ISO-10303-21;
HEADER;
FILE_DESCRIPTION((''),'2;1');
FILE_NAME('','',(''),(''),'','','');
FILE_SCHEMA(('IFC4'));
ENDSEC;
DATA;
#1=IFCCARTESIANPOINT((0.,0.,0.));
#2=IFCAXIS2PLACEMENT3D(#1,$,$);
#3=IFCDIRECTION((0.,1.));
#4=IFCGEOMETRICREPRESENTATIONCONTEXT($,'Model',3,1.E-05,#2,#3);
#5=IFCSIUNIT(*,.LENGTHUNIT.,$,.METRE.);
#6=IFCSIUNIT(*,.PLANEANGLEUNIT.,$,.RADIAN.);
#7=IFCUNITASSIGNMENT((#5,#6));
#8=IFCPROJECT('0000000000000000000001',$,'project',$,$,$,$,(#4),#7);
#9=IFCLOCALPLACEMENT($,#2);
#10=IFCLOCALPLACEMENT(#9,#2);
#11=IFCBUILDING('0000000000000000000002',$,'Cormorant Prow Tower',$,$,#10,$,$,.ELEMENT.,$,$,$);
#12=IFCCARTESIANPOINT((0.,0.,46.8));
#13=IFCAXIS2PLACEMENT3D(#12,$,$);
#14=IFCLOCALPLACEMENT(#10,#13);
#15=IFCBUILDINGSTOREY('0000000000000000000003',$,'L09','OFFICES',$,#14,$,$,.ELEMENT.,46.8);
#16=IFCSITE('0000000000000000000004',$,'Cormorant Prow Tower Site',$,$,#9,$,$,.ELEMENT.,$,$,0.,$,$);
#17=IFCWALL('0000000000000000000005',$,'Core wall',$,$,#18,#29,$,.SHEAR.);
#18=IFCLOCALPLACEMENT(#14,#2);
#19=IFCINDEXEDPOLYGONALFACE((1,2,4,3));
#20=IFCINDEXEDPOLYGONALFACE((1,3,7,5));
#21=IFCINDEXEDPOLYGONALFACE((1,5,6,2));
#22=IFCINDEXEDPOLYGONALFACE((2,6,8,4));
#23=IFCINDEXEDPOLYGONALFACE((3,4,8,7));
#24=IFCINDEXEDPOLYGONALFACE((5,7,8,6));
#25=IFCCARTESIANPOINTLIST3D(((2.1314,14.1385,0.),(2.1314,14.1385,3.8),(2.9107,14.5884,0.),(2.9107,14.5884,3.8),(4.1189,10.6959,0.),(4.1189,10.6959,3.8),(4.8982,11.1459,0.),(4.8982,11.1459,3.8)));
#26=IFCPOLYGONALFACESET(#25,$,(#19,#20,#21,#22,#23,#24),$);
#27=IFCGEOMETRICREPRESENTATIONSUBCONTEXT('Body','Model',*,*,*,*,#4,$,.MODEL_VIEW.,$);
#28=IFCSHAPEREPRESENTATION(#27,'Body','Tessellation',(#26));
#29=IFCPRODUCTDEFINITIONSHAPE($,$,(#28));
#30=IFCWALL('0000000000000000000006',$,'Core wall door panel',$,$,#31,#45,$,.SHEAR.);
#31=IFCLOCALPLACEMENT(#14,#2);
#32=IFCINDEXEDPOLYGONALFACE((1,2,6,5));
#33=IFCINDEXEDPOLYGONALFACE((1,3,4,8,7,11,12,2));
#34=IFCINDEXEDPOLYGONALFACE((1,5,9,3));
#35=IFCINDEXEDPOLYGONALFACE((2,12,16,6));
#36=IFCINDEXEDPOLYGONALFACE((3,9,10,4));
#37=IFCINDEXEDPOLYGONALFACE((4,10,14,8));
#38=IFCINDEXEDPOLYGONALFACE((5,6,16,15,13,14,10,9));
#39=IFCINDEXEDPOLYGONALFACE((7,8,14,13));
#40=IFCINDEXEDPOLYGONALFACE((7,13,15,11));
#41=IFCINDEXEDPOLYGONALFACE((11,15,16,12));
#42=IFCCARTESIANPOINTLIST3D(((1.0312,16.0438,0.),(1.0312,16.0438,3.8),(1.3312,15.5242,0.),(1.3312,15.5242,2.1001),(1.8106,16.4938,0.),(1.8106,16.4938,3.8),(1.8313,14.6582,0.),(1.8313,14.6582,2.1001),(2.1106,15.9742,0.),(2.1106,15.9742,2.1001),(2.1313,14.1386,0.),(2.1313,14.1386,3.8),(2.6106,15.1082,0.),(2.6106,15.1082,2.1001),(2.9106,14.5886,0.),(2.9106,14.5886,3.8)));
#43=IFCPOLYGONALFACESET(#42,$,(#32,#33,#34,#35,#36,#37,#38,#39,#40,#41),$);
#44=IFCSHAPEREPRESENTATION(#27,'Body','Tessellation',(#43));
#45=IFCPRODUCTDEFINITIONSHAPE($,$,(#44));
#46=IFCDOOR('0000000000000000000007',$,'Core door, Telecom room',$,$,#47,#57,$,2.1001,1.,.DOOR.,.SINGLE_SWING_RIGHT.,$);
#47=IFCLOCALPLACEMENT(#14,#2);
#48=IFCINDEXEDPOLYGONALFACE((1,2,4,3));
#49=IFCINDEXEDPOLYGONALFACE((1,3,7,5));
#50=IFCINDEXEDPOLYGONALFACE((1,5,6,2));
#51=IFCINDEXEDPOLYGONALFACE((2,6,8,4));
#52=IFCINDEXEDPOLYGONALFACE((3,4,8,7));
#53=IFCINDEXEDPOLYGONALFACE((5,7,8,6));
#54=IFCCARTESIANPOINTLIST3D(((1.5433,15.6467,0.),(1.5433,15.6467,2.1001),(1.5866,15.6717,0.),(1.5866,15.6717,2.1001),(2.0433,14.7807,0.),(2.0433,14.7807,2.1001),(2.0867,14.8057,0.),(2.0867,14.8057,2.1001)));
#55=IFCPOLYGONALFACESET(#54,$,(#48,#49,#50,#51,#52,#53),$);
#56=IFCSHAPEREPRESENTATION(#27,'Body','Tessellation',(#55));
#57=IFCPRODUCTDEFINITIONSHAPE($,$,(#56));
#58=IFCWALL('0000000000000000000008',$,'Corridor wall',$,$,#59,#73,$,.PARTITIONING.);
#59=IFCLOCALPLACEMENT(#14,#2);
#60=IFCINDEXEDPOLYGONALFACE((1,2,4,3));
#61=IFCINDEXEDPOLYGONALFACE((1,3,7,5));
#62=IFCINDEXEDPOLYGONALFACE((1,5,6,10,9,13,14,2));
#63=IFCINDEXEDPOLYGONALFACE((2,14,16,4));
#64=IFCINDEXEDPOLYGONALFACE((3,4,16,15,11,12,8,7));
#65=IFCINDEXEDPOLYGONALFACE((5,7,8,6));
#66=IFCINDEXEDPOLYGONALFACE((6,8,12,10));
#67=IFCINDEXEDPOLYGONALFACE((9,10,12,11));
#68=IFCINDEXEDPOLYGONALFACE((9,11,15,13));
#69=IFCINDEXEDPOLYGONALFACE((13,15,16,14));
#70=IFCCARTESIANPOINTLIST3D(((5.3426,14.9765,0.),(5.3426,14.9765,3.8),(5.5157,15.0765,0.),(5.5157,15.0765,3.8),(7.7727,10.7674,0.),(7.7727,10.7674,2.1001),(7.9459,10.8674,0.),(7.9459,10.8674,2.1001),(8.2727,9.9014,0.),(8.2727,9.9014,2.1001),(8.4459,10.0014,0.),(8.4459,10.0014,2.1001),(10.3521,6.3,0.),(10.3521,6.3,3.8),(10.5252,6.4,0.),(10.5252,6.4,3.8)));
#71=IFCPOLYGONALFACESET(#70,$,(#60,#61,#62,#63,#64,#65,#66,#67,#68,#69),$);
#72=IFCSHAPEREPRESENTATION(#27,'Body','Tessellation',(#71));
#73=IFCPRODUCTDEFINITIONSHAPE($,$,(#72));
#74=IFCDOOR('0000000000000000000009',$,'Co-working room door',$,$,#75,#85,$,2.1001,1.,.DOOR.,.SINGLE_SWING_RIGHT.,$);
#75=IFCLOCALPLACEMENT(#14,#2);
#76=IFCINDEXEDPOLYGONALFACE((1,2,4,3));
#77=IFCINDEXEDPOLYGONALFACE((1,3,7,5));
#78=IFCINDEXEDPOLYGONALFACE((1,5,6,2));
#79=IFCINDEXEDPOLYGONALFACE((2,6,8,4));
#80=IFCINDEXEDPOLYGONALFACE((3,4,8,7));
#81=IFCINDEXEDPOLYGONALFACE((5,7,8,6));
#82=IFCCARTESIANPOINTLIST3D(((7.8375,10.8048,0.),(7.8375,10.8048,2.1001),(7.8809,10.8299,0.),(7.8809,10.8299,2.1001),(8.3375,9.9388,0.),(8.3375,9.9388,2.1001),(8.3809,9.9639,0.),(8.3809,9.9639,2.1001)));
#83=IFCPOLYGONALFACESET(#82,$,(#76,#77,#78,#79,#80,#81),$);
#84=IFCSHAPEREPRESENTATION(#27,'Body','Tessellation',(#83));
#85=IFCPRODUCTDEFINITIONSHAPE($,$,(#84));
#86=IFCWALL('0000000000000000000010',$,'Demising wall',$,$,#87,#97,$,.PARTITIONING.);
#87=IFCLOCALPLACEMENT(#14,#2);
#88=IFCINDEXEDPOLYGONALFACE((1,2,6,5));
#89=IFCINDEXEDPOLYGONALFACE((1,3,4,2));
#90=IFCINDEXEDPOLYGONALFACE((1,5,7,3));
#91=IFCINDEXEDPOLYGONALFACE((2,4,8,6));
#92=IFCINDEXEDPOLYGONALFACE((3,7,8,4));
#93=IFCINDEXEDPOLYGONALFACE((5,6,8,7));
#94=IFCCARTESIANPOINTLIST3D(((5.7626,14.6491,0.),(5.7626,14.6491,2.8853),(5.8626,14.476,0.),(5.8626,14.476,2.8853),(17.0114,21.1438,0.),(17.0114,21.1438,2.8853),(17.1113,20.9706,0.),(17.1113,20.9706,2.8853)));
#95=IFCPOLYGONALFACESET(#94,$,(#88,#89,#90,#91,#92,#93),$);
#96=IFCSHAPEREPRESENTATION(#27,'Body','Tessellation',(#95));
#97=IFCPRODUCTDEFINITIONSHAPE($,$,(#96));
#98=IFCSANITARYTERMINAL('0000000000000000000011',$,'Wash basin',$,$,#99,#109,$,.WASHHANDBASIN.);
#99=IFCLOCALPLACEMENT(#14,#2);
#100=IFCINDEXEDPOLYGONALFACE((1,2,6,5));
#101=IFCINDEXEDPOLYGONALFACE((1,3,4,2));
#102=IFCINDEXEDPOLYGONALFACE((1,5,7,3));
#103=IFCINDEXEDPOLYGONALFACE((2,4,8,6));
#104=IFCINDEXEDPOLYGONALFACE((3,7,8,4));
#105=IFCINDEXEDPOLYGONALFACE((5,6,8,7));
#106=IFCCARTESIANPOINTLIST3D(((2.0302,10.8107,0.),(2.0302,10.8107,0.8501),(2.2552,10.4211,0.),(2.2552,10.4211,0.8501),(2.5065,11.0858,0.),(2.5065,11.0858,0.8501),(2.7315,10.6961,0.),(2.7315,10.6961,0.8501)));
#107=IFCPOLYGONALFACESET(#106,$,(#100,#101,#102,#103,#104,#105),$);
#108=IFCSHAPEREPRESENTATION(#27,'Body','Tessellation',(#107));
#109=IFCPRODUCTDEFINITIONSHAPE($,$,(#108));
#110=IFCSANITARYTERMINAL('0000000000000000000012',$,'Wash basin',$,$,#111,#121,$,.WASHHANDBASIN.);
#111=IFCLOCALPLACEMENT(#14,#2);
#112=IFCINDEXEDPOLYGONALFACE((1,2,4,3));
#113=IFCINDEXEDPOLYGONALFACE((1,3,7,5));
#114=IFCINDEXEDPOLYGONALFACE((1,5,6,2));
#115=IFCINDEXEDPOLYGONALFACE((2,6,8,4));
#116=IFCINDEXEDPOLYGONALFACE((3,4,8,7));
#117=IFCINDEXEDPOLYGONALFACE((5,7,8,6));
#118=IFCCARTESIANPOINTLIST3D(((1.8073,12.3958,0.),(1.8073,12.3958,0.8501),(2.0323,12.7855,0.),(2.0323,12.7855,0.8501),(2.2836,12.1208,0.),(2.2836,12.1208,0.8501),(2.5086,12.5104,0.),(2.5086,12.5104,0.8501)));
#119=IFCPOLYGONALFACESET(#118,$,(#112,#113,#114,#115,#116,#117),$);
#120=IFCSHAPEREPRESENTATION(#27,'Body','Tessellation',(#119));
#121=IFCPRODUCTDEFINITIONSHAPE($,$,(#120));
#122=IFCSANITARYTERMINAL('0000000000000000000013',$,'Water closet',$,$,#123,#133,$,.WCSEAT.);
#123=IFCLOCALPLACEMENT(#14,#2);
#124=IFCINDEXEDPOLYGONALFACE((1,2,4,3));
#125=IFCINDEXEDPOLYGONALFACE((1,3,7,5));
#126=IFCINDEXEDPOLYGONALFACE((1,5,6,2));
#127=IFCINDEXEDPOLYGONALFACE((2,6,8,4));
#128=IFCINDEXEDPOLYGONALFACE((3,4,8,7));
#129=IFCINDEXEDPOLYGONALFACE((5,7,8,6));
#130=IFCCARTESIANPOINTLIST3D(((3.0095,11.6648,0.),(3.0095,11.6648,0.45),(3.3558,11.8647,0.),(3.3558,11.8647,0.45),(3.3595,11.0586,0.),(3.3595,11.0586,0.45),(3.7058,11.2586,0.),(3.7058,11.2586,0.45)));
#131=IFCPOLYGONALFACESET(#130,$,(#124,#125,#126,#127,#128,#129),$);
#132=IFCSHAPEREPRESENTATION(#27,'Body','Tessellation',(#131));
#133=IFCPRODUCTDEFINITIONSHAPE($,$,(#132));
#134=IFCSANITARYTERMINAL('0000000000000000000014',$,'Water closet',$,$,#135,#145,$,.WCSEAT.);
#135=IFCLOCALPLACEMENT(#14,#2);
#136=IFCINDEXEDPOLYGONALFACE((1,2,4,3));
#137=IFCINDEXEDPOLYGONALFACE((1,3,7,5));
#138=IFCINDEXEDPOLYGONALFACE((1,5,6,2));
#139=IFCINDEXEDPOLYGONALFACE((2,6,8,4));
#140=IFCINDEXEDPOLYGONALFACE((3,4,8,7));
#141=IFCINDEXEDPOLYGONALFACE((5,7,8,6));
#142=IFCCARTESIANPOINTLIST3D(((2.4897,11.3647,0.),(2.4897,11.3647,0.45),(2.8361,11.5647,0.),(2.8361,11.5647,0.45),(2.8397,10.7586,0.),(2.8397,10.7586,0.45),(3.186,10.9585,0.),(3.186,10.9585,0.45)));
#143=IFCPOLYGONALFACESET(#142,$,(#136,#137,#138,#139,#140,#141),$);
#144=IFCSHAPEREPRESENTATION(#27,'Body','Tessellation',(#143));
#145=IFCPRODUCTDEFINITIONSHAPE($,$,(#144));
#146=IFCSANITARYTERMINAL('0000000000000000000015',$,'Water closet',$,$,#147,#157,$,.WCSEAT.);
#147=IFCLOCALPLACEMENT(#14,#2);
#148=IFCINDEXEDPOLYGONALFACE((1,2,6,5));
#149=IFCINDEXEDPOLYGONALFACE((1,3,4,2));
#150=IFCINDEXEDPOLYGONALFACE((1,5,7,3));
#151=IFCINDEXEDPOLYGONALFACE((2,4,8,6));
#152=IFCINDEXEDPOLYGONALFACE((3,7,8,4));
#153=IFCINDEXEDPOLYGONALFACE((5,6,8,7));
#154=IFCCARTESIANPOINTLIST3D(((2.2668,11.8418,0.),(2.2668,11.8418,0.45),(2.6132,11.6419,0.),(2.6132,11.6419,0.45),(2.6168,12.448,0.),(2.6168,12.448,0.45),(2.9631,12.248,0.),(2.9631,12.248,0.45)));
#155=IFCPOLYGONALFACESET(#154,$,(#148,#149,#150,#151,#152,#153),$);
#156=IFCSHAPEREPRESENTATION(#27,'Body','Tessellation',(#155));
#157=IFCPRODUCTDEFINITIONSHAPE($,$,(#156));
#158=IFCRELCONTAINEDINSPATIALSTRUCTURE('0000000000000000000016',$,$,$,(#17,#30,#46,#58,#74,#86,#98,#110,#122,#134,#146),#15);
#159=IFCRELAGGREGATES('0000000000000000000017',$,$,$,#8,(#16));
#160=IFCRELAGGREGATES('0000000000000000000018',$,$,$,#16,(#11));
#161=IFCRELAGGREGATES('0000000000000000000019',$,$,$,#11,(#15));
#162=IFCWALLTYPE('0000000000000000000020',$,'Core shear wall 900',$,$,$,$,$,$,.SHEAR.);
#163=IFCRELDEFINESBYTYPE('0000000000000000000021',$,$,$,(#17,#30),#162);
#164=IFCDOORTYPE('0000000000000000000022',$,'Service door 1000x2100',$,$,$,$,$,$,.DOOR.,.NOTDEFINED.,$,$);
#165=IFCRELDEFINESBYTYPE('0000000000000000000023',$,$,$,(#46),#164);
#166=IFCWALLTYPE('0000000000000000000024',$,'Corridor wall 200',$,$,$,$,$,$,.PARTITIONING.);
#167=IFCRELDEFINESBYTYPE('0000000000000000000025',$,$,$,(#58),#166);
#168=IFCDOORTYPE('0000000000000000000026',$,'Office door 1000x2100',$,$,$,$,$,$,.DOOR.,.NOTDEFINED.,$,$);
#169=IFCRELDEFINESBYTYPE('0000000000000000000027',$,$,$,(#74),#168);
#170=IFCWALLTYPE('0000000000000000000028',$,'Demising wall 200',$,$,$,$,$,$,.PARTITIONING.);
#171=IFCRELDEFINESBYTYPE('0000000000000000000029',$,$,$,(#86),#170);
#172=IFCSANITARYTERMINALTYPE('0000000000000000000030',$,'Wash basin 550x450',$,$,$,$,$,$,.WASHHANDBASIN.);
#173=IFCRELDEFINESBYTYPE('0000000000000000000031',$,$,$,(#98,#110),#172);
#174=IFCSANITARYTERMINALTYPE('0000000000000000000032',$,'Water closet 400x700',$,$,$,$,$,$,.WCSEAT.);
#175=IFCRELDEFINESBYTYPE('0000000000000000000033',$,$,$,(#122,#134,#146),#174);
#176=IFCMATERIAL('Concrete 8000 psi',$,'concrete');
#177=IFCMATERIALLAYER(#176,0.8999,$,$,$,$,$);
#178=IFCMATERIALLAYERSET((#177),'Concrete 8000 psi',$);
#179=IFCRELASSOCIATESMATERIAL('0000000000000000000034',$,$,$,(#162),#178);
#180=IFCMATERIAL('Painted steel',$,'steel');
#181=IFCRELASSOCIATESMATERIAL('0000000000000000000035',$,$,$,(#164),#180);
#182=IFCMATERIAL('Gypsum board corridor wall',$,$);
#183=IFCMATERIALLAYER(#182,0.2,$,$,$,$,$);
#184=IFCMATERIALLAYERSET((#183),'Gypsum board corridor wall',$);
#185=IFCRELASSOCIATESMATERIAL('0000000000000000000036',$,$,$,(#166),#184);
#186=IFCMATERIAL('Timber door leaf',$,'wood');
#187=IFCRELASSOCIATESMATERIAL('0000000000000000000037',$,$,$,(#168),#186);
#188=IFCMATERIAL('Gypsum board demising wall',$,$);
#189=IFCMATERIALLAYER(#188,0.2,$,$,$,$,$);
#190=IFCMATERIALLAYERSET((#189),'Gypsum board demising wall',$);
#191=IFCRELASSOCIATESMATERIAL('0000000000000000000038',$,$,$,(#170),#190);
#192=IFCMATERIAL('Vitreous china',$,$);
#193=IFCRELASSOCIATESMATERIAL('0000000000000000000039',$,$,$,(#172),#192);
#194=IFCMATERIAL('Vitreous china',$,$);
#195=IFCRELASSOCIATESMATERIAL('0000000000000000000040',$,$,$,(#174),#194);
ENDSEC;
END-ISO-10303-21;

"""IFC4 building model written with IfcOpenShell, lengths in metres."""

from ifc_helpers import new_model, si_unit, direction, frame, frame_2d, origin, origin_2d, place, context, subcontext, project, spatial, rectangle, extrude, material, layer, layer_set, type_object, element, fill, save


model = new_model("IFC4")

# Units and contexts
model_context = context("Model", 3, precision=1e-05, world=origin(), true_north=direction((0.0, 1.0)))
body_context = subcontext(model_context, "Body", "Model", "MODEL_VIEW")
ifc_project = project(units=[si_unit("LENGTHUNIT", "METRE"), si_unit("PLANEANGLEUNIT", "RADIAN")], contexts=[model_context])

# Site, building, storey
site_placement = place(None, origin())
site = spatial("IfcSite", under=ifc_project, at=site_placement, Name="Cormorant Prow Tower Site", CompositionType="ELEMENT", RefElevation=0.0)
building_placement = place(site_placement, origin())
building = spatial("IfcBuilding", under=site, at=building_placement, Name="Cormorant Prow Tower", CompositionType="ELEMENT")
storey_placement = place(building_placement, frame((0.0, 0.0, 46.8)))
storey = spatial("IfcBuildingStorey", under=building, at=storey_placement, Name="L09", Description="OFFICES", CompositionType="ELEMENT", Elevation=46.8)

# Wall
ifc_material_1 = material(Name="Concrete 8000 psi", Category="concrete")
ifc_layer_1 = layer(ifc_material_1, 0.8999)
ifc_layer_set_1 = layer_set([ifc_layer_1], Name="Concrete 8000 psi")
wall_type_1 = type_object("IfcWallType", Name="Core shear wall 900", PredefinedType="SHEAR", material=ifc_layer_set_1)
wall_1_placement = place(storey_placement, frame((4.5085, 10.9209, 0.0), z_axis=(0.0, 0.0, 1.0), x_axis=(-0.49999, 0.866031, 0.0)))
element("IfcWall", 1, at=wall_1_placement, inside=storey, type_object=wall_type_1, Name="Core wall", PredefinedType="SHEAR", context=body_context, shape_type="SweptSolid", body=[
    extrude(rectangle(XDim=3.9751, YDim=0.8999, at=frame_2d((1.9875, 0.0))), origin(), (0.0, 0.0, 1.0), 3.8),
])

# Walls, openings, doors
wall_2_placement = place(storey_placement, frame((2.521, 14.3635, 0.0), z_axis=(0.0, 0.0, 1.0), x_axis=(-0.50003, 0.866008, 0.0)))
wall_2 = element("IfcWall", 2, at=wall_2_placement, inside=storey, type_object=wall_type_1, Name="Core wall door panel", PredefinedType="SHEAR", context=body_context, shape_type="SweptSolid", body=[
    extrude(rectangle(XDim=2.2, YDim=0.8999, at=frame_2d((1.1001, 0.0))), origin(), (0.0, 0.0, 1.0), 3.8),
])
opening_1_placement = place(wall_2_placement, frame((0.6001, 0.0, 0.0)))
opening_1 = element("IfcOpeningElement", 3, at=opening_1_placement, cuts=wall_2, PredefinedType="OPENING", context=body_context, shape_type="SweptSolid", body=[
    extrude(rectangle(XDim=1.0, YDim=2.1001, at=frame_2d((0.5, 1.05))), frame((0.0, 0.46, 0.0), z_axis=(0.0, -1.0, 0.0), x_axis=(1.0, 0.0, 0.0)), (0.0, 0.0, 1.0), 0.9199),
])
ifc_material_2 = material(Name="Painted steel", Category="steel")
door_type_1 = type_object("IfcDoorType", Name="Service door 1000x2100", OperationType="NOTDEFINED", PredefinedType="DOOR", material=ifc_material_2)
door_1_placement = place(opening_1_placement, origin())
door_1 = element("IfcDoor", 4, at=door_1_placement, inside=storey, type_object=door_type_1, Name="Core door, Telecom room", OperationType="SINGLE_SWING_RIGHT", OverallHeight=2.1001, OverallWidth=1.0, PredefinedType="DOOR", context=body_context, shape_type="SweptSolid", body=[
    extrude(rectangle(XDim=1.0, YDim=2.1001, at=frame_2d((0.5, 1.05))), frame((0.0, 0.2051, 0.0), z_axis=(0.0, -1.0, 0.0), x_axis=(1.0, 0.0, 0.0)), (0.0, 0.0, 1.0), 0.05),
])
fill(opening_1, door_1)
ifc_material_3 = material(Name="Gypsum board corridor wall")
ifc_layer_2 = layer(ifc_material_3, 0.2)
ifc_layer_set_2 = layer_set([ifc_layer_2], Name="Gypsum board corridor wall")
wall_type_2 = type_object("IfcWallType", Name="Corridor wall 200", PredefinedType="PARTITIONING", material=ifc_layer_set_2)
wall_3_placement = place(storey_placement, frame((5.4292, 15.0264, 0.0), z_axis=(0.0, 0.0, 1.0), x_axis=(0.50001, -0.86602, 0.0)))
wall_3 = element("IfcWall", 5, at=wall_3_placement, inside=storey, type_object=wall_type_2, Name="Corridor wall", PredefinedType="PARTITIONING", context=body_context, shape_type="SweptSolid", body=[
    extrude(rectangle(XDim=10.0188, YDim=0.2, at=frame_2d((5.0093, 0.0))), origin(), (0.0, 0.0, 1.0), 3.8),
])
opening_2_placement = place(wall_3_placement, frame((4.8601, 0.0, 0.0)))
opening_2 = element("IfcOpeningElement", 6, at=opening_2_placement, cuts=wall_3, PredefinedType="OPENING", context=body_context, shape_type="SweptSolid", body=[
    extrude(rectangle(XDim=1.0, YDim=2.1001, at=frame_2d((0.5, 1.05))), frame((0.0, 0.1099, 0.0), z_axis=(0.0, -1.0, 0.0), x_axis=(1.0, 0.0, 0.0)), (0.0, 0.0, 1.0), 0.22),
])
ifc_material_4 = material(Name="Timber door leaf", Category="wood")
door_type_2 = type_object("IfcDoorType", Name="Office door 1000x2100", OperationType="NOTDEFINED", PredefinedType="DOOR", material=ifc_material_4)
door_2_placement = place(opening_2_placement, origin())
door_2 = element("IfcDoor", 7, at=door_2_placement, inside=storey, type_object=door_type_2, Name="Co-working room door", OperationType="SINGLE_SWING_RIGHT", OverallHeight=2.1001, OverallWidth=1.0, PredefinedType="DOOR", context=body_context, shape_type="SweptSolid", body=[
    extrude(rectangle(XDim=1.0, YDim=2.1001, at=frame_2d((0.5, 1.05))), frame((0.0, 0.0249, 0.0), z_axis=(0.0, -1.0, 0.0), x_axis=(1.0, 0.0, 0.0)), (0.0, 0.0, 1.0), 0.05),
])
fill(opening_2, door_2)

# Wall
ifc_material_5 = material(Name="Gypsum board demising wall")
ifc_layer_3 = layer(ifc_material_5, 0.2)
ifc_layer_set_3 = layer_set([ifc_layer_3], Name="Gypsum board demising wall")
wall_type_3 = type_object("IfcWallType", Name="Demising wall 200", PredefinedType="PARTITIONING", material=ifc_layer_set_3)
wall_4_placement = place(storey_placement, frame((5.8125, 14.5625, 0.0), z_axis=(0.0, 0.0, 1.0), x_axis=(0.866021, 0.500008, 0.0)))
element("IfcWall", 8, at=wall_4_placement, inside=storey, type_object=wall_type_3, Name="Demising wall", PredefinedType="PARTITIONING", context=body_context, shape_type="SweptSolid", body=[
    extrude(rectangle(XDim=12.989, YDim=0.2, at=frame_2d((6.4946, 0.0))), origin(), (0.0, 0.0, 1.0), 2.8853),
])

# Sanitary terminals
ifc_material_6 = material(Name="Vitreous china")
sanitary_terminal_type_1 = type_object("IfcSanitaryTerminalType", Name="Wash basin 550x450", PredefinedType="WASHHANDBASIN", material=ifc_material_6)
for number, where, z_axis, x_axis, name in (
    (9, (2.3809, 10.7534, 0.0), (0.0, 0.0, 1.0), (0.866025, 0.5, 0.0), "Wash basin"),
    (10, (2.158, 12.4531, 0.0), (0.0, 0.0, 1.0), (-0.866025, 0.5, 0.0), "Wash basin"),
):
    element("IfcSanitaryTerminal", number, at=place(storey_placement, frame(where, z_axis=z_axis, x_axis=x_axis)), inside=storey, type_object=sanitary_terminal_type_1, Name=name, PredefinedType="WASHHANDBASIN", context=body_context, shape_type="SweptSolid", body=[
        extrude(rectangle(XDim=0.55, YDim=0.45, at=origin_2d()), origin(), (0.0, 0.0, 1.0), 0.8501),
    ])
ifc_material_7 = material(Name="Vitreous china")
sanitary_terminal_type_2 = type_object("IfcSanitaryTerminalType", Name="Water closet 400x700", PredefinedType="WCSEAT", material=ifc_material_7)
for number, where, z_axis, x_axis, name in (
    (11, (3.3577, 11.4617, 0.0), (0.0, 0.0, 1.0), (0.866025, 0.5, 0.0), "Water closet"),
    (12, (2.8379, 11.1616, 0.0), (0.0, 0.0, 1.0), (0.866025, 0.5, 0.0), "Water closet"),
    (13, (2.615, 12.0449, 0.0), (0.0, 0.0, 1.0), (-0.866025, 0.5, 0.0), "Water closet"),
):
    element("IfcSanitaryTerminal", number, at=place(storey_placement, frame(where, z_axis=z_axis, x_axis=x_axis)), inside=storey, type_object=sanitary_terminal_type_2, Name=name, PredefinedType="WCSEAT", context=body_context, shape_type="SweptSolid", body=[
        extrude(rectangle(XDim=0.3999, YDim=0.7, at=origin_2d()), origin(), (0.0, 0.0, 1.0), 0.45),
    ])

save(model, "model.ifc")
